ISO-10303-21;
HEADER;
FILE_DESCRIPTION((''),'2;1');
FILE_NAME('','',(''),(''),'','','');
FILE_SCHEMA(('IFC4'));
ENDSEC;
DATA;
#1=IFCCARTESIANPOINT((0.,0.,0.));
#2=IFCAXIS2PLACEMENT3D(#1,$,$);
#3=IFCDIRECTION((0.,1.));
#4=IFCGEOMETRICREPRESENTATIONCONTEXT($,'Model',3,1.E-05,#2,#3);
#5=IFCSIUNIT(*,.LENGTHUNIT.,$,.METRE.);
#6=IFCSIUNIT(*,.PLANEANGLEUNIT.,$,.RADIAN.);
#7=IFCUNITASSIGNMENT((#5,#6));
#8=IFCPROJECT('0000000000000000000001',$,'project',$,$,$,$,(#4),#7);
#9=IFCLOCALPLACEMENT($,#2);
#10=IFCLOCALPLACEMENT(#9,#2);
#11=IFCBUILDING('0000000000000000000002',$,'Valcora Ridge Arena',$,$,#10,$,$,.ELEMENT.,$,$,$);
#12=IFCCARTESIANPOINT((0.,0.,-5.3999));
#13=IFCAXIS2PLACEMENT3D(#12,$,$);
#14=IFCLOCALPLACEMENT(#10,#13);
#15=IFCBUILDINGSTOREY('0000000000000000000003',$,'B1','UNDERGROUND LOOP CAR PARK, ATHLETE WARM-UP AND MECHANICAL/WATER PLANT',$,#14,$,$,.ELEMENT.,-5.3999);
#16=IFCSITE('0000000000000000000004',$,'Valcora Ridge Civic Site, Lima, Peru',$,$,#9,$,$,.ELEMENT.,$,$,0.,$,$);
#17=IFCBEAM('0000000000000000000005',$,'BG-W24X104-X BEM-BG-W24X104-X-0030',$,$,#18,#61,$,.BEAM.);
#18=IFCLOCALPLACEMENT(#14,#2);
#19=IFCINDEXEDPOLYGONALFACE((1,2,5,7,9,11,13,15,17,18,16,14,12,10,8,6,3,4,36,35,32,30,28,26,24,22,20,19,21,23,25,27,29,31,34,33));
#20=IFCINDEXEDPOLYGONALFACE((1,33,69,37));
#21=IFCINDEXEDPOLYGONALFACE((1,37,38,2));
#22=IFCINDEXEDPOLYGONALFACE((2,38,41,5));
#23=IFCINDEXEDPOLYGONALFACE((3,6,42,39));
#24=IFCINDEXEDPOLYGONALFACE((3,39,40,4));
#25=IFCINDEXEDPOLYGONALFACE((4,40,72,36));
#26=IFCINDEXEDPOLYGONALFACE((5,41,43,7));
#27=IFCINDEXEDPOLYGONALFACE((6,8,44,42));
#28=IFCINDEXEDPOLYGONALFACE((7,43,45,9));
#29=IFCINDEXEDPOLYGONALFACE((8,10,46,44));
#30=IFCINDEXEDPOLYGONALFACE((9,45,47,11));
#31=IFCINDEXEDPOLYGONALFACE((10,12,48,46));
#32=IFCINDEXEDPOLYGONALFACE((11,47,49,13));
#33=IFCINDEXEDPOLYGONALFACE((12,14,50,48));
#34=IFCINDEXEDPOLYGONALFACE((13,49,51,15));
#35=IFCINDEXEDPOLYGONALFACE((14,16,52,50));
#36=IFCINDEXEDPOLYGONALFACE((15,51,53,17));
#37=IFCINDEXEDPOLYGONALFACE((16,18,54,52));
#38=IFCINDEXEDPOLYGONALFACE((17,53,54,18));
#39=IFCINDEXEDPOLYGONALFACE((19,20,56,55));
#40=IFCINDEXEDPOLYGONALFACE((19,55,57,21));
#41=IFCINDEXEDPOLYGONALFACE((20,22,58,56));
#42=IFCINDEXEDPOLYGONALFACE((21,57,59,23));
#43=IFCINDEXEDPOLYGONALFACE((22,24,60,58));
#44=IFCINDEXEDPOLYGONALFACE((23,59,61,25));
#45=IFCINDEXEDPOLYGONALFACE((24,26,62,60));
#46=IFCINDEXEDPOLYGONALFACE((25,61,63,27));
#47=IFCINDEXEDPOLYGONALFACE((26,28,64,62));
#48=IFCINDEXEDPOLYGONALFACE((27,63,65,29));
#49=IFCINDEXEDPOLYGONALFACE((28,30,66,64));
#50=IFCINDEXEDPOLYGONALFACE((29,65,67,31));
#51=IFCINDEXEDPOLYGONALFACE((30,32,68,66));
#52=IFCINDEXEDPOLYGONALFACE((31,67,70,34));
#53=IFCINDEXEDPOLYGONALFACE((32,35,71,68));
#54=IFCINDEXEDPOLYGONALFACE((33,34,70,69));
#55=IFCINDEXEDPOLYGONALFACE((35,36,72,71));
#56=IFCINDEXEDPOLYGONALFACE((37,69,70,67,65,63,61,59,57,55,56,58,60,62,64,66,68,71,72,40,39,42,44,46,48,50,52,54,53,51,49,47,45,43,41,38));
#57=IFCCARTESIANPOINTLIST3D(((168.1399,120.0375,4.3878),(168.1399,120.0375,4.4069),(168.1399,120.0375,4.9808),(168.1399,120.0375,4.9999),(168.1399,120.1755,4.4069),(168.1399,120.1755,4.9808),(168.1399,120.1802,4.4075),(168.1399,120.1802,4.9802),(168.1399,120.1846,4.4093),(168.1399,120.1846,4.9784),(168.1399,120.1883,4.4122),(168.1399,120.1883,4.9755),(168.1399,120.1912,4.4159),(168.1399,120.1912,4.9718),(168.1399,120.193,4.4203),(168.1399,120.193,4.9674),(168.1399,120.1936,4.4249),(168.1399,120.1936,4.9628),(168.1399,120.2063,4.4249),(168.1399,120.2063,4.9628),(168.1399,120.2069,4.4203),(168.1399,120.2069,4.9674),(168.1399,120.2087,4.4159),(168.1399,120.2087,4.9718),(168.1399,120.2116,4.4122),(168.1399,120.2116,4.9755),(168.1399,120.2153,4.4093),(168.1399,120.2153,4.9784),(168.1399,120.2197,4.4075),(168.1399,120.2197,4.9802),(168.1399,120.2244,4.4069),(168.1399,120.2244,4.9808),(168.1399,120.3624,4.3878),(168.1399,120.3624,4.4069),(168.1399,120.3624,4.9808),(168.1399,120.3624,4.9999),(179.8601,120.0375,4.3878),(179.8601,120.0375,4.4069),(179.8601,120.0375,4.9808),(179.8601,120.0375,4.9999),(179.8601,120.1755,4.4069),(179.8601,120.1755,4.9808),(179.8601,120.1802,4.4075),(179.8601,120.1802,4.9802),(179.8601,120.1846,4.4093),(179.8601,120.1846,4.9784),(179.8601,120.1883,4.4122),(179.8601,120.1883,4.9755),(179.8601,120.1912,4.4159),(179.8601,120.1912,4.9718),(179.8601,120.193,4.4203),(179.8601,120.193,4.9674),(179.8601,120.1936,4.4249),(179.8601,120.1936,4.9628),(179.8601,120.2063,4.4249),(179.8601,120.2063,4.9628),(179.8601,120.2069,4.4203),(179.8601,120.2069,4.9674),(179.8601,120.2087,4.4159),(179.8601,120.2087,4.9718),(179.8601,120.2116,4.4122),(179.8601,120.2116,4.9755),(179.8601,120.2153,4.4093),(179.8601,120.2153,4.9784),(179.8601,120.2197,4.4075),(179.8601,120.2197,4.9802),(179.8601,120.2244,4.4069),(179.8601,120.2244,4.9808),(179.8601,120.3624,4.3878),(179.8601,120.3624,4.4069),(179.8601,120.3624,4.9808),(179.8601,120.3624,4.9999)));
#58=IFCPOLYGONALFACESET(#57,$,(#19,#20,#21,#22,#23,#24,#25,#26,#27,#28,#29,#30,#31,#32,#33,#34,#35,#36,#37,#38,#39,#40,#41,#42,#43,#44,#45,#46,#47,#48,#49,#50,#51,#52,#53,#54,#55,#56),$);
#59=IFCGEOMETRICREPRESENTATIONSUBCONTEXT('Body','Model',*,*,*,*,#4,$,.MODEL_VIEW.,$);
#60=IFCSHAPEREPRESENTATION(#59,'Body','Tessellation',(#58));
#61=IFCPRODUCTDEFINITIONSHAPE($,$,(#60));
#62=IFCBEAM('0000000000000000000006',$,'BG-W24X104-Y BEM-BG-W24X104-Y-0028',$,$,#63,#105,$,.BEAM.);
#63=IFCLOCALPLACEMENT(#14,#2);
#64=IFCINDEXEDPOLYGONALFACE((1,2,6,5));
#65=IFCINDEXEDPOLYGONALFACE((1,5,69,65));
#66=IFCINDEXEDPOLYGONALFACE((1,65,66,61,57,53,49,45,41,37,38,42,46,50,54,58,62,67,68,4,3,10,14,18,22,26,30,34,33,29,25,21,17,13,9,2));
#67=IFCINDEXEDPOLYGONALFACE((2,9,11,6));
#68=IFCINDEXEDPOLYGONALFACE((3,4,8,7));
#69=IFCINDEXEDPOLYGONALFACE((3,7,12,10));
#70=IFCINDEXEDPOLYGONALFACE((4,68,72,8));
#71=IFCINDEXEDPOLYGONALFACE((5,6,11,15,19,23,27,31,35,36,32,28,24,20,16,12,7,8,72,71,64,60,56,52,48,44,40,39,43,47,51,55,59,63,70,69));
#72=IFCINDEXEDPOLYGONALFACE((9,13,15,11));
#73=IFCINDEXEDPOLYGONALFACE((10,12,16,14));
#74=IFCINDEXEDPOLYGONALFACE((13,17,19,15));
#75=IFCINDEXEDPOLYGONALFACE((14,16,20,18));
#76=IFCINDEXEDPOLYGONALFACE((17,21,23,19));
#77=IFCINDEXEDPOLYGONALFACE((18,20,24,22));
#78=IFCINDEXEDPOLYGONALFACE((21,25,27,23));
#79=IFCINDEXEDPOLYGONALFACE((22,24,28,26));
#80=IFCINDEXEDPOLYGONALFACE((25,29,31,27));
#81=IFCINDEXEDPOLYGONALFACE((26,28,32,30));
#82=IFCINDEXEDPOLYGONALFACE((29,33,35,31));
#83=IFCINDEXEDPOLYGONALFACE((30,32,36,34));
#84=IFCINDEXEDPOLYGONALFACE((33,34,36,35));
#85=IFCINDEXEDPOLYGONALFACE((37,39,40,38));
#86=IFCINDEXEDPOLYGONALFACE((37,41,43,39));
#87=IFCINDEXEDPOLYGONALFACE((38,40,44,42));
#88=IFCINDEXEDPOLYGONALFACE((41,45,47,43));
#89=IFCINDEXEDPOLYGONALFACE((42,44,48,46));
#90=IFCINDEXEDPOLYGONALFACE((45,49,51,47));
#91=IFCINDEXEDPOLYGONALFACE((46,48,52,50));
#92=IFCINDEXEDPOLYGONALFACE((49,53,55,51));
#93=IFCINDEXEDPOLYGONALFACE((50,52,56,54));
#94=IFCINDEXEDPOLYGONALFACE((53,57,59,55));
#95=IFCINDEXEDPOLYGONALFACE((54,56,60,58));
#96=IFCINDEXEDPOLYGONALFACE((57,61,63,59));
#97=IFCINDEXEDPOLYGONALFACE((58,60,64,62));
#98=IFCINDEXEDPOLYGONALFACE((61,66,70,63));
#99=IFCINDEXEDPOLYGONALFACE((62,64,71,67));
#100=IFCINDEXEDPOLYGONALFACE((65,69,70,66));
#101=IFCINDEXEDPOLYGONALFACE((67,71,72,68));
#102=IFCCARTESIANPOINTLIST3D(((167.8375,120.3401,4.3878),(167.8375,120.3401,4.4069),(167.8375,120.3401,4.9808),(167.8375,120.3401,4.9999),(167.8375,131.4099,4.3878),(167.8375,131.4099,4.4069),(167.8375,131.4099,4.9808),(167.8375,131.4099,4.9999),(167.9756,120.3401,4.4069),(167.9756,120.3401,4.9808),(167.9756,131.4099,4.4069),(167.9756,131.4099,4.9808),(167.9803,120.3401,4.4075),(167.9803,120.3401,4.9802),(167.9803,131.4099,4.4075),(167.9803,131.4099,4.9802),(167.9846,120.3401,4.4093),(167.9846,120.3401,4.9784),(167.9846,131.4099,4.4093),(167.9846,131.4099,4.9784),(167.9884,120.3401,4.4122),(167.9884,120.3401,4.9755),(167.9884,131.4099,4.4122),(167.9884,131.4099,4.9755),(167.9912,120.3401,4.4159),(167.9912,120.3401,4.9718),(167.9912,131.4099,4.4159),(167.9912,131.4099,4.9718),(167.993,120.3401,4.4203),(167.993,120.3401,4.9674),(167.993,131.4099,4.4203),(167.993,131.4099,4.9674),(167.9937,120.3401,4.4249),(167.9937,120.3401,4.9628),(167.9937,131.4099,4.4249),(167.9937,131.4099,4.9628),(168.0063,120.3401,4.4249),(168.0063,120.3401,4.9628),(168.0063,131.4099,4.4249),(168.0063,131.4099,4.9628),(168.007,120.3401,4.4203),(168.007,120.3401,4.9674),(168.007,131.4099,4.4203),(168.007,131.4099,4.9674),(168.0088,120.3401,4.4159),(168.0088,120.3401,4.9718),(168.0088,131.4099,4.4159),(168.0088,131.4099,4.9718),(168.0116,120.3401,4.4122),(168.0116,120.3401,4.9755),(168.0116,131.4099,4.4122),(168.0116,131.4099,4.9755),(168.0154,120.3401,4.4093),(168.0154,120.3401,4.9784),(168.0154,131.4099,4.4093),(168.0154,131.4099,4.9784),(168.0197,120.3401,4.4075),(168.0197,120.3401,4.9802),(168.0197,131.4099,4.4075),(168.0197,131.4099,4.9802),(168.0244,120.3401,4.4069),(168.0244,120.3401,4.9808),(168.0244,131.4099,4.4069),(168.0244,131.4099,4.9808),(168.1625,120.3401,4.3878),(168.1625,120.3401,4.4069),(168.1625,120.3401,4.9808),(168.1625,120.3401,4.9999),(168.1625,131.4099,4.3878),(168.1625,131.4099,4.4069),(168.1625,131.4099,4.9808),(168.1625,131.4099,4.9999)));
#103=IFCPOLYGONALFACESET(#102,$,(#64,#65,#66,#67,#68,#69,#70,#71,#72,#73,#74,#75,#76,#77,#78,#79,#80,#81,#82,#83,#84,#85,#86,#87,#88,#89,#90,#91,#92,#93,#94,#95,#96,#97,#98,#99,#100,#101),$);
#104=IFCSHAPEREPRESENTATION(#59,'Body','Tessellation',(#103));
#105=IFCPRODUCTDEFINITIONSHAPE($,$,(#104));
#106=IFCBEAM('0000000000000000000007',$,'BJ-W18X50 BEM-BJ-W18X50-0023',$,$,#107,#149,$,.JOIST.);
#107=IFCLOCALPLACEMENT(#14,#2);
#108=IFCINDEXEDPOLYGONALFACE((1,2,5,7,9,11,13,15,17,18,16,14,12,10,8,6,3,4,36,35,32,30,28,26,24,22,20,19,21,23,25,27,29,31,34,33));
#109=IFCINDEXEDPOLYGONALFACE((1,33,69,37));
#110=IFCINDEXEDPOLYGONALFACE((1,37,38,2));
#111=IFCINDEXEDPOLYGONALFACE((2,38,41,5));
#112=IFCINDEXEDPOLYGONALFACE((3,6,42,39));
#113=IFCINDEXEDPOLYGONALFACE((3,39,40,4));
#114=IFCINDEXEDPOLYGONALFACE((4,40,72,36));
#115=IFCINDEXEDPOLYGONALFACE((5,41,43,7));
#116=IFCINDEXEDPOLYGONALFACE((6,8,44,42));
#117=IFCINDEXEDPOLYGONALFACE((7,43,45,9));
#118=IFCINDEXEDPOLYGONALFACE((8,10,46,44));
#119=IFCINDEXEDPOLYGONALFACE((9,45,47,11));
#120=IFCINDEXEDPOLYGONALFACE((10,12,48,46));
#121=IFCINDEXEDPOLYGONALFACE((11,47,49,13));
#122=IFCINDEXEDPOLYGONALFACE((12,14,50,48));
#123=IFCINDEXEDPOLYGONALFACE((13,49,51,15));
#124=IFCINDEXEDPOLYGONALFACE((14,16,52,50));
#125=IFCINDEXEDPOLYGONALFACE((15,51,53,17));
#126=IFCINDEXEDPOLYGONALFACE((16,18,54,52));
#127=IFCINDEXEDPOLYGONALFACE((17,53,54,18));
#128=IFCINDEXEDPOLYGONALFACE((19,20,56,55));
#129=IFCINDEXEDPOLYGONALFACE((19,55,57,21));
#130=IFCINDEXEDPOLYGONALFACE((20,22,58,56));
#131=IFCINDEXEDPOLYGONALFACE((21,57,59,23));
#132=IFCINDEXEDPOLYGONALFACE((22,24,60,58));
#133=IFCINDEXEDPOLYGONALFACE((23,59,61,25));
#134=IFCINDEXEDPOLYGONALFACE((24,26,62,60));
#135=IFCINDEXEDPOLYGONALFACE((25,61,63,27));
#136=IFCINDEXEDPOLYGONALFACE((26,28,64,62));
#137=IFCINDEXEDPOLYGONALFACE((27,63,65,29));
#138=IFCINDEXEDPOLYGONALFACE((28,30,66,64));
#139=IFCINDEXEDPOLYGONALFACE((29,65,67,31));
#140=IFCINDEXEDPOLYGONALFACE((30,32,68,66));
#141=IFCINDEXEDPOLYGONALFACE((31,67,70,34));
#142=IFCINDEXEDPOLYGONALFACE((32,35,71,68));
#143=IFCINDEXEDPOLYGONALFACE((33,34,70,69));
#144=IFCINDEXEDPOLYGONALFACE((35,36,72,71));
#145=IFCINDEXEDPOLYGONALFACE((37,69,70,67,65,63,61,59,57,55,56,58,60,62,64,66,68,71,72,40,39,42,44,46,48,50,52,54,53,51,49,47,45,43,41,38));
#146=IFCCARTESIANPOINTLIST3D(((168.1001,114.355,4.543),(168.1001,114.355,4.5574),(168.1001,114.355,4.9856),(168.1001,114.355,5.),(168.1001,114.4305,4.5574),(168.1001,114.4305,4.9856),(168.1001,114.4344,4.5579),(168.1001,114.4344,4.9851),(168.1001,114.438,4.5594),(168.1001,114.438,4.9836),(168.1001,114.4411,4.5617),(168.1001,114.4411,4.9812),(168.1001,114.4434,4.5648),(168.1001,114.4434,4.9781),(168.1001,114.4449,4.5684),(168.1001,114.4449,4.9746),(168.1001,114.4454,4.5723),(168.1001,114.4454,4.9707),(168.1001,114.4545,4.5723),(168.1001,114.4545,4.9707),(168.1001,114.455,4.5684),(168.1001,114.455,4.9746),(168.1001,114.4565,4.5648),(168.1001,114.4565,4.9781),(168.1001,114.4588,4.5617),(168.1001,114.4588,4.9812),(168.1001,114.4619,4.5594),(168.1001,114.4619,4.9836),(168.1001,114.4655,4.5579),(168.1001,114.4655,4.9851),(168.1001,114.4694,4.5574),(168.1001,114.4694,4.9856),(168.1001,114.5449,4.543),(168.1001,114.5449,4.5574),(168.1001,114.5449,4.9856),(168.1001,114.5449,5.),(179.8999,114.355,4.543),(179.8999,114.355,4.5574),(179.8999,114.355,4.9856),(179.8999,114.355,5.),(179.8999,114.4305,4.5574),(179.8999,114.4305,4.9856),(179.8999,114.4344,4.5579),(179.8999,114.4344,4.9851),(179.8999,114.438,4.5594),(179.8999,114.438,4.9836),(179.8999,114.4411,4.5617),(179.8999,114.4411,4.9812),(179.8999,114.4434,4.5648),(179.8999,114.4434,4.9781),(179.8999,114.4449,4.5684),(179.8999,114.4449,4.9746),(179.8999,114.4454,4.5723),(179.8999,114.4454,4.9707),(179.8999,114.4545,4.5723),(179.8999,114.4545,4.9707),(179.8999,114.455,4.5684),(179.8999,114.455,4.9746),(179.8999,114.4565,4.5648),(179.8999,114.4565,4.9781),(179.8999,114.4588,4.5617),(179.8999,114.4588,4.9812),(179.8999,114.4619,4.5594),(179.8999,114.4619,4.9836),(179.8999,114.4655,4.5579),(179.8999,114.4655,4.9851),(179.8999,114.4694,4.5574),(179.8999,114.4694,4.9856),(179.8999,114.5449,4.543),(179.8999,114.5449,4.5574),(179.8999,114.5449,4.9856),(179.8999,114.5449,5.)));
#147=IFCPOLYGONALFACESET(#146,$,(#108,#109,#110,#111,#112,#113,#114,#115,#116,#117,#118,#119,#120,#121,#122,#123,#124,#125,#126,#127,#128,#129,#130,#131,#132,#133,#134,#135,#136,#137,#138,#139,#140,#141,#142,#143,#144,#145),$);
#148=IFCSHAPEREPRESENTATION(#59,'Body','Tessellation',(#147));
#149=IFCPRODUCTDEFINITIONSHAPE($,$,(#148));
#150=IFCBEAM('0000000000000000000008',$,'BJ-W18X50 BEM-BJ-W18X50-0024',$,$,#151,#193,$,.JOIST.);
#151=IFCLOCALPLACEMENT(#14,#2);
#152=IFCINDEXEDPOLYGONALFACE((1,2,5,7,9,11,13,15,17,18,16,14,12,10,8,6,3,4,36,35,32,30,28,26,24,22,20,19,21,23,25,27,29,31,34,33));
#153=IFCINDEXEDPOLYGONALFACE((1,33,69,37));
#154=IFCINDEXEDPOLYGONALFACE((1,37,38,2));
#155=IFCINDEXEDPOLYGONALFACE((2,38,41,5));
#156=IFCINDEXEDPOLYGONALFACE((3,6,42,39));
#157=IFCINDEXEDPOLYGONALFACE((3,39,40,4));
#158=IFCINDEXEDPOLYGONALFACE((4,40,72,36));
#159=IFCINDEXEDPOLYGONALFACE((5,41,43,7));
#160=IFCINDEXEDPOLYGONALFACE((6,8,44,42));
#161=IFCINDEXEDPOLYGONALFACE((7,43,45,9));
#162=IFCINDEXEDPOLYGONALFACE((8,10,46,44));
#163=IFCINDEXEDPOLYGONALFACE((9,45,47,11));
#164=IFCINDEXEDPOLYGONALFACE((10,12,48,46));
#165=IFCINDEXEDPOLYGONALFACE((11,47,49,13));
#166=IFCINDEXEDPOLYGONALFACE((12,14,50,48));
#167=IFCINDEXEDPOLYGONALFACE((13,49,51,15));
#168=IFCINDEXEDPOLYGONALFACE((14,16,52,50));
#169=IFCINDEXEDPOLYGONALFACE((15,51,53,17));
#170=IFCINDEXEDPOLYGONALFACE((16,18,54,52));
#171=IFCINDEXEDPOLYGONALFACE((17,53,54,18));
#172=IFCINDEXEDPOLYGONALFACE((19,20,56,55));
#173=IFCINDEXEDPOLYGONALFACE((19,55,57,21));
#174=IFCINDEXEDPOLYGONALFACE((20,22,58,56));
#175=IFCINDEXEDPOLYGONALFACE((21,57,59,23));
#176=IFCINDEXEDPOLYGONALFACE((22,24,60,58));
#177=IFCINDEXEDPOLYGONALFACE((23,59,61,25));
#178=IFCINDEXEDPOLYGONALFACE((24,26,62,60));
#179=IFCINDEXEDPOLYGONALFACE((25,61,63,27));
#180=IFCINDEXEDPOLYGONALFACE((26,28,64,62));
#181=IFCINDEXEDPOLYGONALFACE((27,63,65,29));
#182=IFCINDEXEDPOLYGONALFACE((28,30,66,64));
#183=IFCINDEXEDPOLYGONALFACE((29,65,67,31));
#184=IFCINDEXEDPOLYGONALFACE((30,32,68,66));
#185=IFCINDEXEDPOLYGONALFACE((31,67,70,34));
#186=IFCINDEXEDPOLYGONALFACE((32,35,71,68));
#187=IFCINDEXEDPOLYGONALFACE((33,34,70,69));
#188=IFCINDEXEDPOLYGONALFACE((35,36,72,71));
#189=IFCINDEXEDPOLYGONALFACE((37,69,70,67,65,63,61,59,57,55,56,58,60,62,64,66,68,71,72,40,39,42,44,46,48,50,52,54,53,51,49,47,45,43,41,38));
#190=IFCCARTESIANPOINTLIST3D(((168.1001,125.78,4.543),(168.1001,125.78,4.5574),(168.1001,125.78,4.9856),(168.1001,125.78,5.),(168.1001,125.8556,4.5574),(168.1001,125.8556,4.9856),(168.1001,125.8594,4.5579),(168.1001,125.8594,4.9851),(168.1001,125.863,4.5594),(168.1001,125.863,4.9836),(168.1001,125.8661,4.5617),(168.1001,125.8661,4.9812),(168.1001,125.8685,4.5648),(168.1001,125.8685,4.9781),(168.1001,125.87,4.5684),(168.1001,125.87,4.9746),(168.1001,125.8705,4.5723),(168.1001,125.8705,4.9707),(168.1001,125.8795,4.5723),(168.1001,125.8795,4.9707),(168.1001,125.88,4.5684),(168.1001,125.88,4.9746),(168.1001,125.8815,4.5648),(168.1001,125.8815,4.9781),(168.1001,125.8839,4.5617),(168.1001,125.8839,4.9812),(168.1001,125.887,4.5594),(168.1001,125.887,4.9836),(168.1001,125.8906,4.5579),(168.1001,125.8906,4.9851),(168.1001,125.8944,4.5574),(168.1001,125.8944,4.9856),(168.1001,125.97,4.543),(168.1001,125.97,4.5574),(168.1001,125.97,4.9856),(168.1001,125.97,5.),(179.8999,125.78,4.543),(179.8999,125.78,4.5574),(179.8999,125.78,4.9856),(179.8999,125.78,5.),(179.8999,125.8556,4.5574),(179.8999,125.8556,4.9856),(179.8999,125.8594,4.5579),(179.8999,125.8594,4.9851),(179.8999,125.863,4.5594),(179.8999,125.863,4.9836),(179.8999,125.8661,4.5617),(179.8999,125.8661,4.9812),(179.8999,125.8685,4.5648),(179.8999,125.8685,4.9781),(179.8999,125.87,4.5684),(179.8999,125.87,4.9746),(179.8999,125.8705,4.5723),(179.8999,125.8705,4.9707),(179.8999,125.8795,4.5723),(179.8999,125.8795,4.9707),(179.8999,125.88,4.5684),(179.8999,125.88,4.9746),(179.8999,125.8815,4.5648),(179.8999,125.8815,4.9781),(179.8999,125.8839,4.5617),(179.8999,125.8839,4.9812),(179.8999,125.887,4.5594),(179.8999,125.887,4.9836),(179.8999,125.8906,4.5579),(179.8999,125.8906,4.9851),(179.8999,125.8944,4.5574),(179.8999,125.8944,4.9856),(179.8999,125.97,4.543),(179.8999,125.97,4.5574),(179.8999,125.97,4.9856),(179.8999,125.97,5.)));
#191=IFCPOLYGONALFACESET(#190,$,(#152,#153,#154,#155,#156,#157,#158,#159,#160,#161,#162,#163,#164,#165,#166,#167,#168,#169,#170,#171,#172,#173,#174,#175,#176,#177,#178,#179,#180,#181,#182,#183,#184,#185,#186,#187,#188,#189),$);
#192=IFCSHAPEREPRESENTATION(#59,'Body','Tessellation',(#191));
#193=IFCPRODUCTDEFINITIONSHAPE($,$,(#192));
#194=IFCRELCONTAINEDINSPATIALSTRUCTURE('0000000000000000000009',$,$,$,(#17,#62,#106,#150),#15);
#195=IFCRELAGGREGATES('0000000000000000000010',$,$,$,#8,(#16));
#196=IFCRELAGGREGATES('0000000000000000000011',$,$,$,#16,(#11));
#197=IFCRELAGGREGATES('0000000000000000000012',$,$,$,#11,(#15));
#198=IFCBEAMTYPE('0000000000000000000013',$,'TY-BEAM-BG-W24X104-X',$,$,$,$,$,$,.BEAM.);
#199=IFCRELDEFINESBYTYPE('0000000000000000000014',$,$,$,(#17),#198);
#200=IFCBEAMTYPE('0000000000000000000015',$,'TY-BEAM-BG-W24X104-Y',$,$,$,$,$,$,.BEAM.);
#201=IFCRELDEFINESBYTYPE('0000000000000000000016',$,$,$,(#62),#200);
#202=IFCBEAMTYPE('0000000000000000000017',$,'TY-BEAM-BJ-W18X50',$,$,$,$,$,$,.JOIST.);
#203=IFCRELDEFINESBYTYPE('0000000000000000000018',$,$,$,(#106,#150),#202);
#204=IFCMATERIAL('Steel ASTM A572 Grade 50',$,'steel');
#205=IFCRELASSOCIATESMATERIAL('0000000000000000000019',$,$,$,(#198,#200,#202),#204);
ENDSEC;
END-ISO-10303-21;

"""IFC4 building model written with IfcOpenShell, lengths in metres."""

from ifc_helpers import new_model, si_unit, direction, frame, origin, origin_2d, place, context, subcontext, project, spatial, i_section, extrude, material, material_profile, profile_set, type_object, element, save


model = new_model("IFC4")

# Units and contexts
model_context = context("Model", 3, precision=1e-05, world=origin(), true_north=direction((0.0, 1.0)))
body_context = subcontext(model_context, "Body", "Model", "MODEL_VIEW")
ifc_project = project(units=[si_unit("LENGTHUNIT", "METRE"), si_unit("PLANEANGLEUNIT", "RADIAN")], contexts=[model_context])

# Site, building, storey
site_placement = place(None, origin())
site = spatial("IfcSite", under=ifc_project, at=site_placement, Name="Valcora Ridge Civic Site, Lima, Peru", CompositionType="ELEMENT", RefElevation=0.0)
building_placement = place(site_placement, origin())
building = spatial("IfcBuilding", under=site, at=building_placement, Name="Valcora Ridge Arena", CompositionType="ELEMENT")
storey_placement = place(building_placement, frame((0.0, 0.0, -5.3999)))
storey = spatial("IfcBuildingStorey", under=building, at=storey_placement, Name="B1", Description="UNDERGROUND LOOP CAR PARK, ATHLETE WARM-UP AND MECHANICAL/WATER PLANT", CompositionType="ELEMENT", Elevation=-5.3999)

# Beams
ifc_material_1 = material(Name="Steel ASTM A572 Grade 50", Category="steel")
ifc_material_profile_1 = material_profile(ifc_material_1, i_section(OverallWidth=0.325, OverallDepth=0.6121, WebThickness=0.0127, FlangeThickness=0.019, FilletRadius=0.0181, at=origin_2d()), Name="W24X104")
ifc_profile_set_1 = profile_set([ifc_material_profile_1], Name="Steel ASTM A572 Grade 50")
beam_type_1 = type_object("IfcBeamType", Name="TY-BEAM-BG-W24X104-X", PredefinedType="BEAM", material=ifc_profile_set_1)
beam_1_placement = place(storey_placement, frame((168.1399, 120.2, 4.6938), z_axis=(1.0, 0.0, 0.0), x_axis=(0.0, 1.0, 0.0)))
element("IfcBeam", 1, at=beam_1_placement, inside=storey, type_object=beam_type_1, Name="BG-W24X104-X BEM-BG-W24X104-X-0030", PredefinedType="BEAM", context=body_context, shape_type="SweptSolid", body=[
    extrude(i_section(OverallWidth=0.325, OverallDepth=0.6121, WebThickness=0.0127, FlangeThickness=0.019, FilletRadius=0.0181, at=origin_2d()), origin(), (0.0, 0.0, 1.0), 11.7202),
])
ifc_material_profile_2 = material_profile(ifc_material_1, i_section(OverallWidth=0.325, OverallDepth=0.6121, WebThickness=0.0127, FlangeThickness=0.019, FilletRadius=0.0181, at=origin_2d()), Name="W24X104")
ifc_profile_set_2 = profile_set([ifc_material_profile_2], Name="Steel ASTM A572 Grade 50")
beam_type_2 = type_object("IfcBeamType", Name="TY-BEAM-BG-W24X104-Y", PredefinedType="BEAM", material=ifc_profile_set_2)
beam_2_placement = place(storey_placement, frame((168.0, 120.3401, 4.6938), z_axis=(0.0, 1.0, 0.0), x_axis=(-1.0, 0.0, 0.0)))
element("IfcBeam", 2, at=beam_2_placement, inside=storey, type_object=beam_type_2, Name="BG-W24X104-Y BEM-BG-W24X104-Y-0028", PredefinedType="BEAM", context=body_context, shape_type="SweptSolid", body=[
    extrude(i_section(OverallWidth=0.325, OverallDepth=0.6121, WebThickness=0.0127, FlangeThickness=0.019, FilletRadius=0.0181, at=origin_2d()), origin(), (0.0, 0.0, 1.0), 11.0698),
])
ifc_material_profile_3 = material_profile(ifc_material_1, i_section(OverallWidth=0.1899, OverallDepth=0.457, WebThickness=0.009, FlangeThickness=0.0144, FilletRadius=0.0149, at=origin_2d()), Name="W18X50")
ifc_profile_set_3 = profile_set([ifc_material_profile_3], Name="Steel ASTM A572 Grade 50")
beam_type_3 = type_object("IfcBeamType", Name="TY-BEAM-BJ-W18X50", PredefinedType="JOIST", material=ifc_profile_set_3)
for number, where, z_axis, x_axis, name in (
    (3, (168.1001, 114.45, 4.7715), (1.0, 0.0, 0.0), (0.0, 1.0, 0.0), "BJ-W18X50 BEM-BJ-W18X50-0023"),
    (4, (168.1001, 125.875, 4.7715), (1.0, 0.0, 0.0), (0.0, 1.0, 0.0), "BJ-W18X50 BEM-BJ-W18X50-0024"),
):
    element("IfcBeam", number, at=place(storey_placement, frame(where, z_axis=z_axis, x_axis=x_axis)), inside=storey, type_object=beam_type_3, Name=name, PredefinedType="JOIST", context=body_context, shape_type="SweptSolid", body=[
        extrude(i_section(OverallWidth=0.1899, OverallDepth=0.457, WebThickness=0.009, FlangeThickness=0.0144, FilletRadius=0.0149, at=origin_2d()), origin(), (0.0, 0.0, 1.0), 11.7998),
    ])

save(model, "model.ifc")
